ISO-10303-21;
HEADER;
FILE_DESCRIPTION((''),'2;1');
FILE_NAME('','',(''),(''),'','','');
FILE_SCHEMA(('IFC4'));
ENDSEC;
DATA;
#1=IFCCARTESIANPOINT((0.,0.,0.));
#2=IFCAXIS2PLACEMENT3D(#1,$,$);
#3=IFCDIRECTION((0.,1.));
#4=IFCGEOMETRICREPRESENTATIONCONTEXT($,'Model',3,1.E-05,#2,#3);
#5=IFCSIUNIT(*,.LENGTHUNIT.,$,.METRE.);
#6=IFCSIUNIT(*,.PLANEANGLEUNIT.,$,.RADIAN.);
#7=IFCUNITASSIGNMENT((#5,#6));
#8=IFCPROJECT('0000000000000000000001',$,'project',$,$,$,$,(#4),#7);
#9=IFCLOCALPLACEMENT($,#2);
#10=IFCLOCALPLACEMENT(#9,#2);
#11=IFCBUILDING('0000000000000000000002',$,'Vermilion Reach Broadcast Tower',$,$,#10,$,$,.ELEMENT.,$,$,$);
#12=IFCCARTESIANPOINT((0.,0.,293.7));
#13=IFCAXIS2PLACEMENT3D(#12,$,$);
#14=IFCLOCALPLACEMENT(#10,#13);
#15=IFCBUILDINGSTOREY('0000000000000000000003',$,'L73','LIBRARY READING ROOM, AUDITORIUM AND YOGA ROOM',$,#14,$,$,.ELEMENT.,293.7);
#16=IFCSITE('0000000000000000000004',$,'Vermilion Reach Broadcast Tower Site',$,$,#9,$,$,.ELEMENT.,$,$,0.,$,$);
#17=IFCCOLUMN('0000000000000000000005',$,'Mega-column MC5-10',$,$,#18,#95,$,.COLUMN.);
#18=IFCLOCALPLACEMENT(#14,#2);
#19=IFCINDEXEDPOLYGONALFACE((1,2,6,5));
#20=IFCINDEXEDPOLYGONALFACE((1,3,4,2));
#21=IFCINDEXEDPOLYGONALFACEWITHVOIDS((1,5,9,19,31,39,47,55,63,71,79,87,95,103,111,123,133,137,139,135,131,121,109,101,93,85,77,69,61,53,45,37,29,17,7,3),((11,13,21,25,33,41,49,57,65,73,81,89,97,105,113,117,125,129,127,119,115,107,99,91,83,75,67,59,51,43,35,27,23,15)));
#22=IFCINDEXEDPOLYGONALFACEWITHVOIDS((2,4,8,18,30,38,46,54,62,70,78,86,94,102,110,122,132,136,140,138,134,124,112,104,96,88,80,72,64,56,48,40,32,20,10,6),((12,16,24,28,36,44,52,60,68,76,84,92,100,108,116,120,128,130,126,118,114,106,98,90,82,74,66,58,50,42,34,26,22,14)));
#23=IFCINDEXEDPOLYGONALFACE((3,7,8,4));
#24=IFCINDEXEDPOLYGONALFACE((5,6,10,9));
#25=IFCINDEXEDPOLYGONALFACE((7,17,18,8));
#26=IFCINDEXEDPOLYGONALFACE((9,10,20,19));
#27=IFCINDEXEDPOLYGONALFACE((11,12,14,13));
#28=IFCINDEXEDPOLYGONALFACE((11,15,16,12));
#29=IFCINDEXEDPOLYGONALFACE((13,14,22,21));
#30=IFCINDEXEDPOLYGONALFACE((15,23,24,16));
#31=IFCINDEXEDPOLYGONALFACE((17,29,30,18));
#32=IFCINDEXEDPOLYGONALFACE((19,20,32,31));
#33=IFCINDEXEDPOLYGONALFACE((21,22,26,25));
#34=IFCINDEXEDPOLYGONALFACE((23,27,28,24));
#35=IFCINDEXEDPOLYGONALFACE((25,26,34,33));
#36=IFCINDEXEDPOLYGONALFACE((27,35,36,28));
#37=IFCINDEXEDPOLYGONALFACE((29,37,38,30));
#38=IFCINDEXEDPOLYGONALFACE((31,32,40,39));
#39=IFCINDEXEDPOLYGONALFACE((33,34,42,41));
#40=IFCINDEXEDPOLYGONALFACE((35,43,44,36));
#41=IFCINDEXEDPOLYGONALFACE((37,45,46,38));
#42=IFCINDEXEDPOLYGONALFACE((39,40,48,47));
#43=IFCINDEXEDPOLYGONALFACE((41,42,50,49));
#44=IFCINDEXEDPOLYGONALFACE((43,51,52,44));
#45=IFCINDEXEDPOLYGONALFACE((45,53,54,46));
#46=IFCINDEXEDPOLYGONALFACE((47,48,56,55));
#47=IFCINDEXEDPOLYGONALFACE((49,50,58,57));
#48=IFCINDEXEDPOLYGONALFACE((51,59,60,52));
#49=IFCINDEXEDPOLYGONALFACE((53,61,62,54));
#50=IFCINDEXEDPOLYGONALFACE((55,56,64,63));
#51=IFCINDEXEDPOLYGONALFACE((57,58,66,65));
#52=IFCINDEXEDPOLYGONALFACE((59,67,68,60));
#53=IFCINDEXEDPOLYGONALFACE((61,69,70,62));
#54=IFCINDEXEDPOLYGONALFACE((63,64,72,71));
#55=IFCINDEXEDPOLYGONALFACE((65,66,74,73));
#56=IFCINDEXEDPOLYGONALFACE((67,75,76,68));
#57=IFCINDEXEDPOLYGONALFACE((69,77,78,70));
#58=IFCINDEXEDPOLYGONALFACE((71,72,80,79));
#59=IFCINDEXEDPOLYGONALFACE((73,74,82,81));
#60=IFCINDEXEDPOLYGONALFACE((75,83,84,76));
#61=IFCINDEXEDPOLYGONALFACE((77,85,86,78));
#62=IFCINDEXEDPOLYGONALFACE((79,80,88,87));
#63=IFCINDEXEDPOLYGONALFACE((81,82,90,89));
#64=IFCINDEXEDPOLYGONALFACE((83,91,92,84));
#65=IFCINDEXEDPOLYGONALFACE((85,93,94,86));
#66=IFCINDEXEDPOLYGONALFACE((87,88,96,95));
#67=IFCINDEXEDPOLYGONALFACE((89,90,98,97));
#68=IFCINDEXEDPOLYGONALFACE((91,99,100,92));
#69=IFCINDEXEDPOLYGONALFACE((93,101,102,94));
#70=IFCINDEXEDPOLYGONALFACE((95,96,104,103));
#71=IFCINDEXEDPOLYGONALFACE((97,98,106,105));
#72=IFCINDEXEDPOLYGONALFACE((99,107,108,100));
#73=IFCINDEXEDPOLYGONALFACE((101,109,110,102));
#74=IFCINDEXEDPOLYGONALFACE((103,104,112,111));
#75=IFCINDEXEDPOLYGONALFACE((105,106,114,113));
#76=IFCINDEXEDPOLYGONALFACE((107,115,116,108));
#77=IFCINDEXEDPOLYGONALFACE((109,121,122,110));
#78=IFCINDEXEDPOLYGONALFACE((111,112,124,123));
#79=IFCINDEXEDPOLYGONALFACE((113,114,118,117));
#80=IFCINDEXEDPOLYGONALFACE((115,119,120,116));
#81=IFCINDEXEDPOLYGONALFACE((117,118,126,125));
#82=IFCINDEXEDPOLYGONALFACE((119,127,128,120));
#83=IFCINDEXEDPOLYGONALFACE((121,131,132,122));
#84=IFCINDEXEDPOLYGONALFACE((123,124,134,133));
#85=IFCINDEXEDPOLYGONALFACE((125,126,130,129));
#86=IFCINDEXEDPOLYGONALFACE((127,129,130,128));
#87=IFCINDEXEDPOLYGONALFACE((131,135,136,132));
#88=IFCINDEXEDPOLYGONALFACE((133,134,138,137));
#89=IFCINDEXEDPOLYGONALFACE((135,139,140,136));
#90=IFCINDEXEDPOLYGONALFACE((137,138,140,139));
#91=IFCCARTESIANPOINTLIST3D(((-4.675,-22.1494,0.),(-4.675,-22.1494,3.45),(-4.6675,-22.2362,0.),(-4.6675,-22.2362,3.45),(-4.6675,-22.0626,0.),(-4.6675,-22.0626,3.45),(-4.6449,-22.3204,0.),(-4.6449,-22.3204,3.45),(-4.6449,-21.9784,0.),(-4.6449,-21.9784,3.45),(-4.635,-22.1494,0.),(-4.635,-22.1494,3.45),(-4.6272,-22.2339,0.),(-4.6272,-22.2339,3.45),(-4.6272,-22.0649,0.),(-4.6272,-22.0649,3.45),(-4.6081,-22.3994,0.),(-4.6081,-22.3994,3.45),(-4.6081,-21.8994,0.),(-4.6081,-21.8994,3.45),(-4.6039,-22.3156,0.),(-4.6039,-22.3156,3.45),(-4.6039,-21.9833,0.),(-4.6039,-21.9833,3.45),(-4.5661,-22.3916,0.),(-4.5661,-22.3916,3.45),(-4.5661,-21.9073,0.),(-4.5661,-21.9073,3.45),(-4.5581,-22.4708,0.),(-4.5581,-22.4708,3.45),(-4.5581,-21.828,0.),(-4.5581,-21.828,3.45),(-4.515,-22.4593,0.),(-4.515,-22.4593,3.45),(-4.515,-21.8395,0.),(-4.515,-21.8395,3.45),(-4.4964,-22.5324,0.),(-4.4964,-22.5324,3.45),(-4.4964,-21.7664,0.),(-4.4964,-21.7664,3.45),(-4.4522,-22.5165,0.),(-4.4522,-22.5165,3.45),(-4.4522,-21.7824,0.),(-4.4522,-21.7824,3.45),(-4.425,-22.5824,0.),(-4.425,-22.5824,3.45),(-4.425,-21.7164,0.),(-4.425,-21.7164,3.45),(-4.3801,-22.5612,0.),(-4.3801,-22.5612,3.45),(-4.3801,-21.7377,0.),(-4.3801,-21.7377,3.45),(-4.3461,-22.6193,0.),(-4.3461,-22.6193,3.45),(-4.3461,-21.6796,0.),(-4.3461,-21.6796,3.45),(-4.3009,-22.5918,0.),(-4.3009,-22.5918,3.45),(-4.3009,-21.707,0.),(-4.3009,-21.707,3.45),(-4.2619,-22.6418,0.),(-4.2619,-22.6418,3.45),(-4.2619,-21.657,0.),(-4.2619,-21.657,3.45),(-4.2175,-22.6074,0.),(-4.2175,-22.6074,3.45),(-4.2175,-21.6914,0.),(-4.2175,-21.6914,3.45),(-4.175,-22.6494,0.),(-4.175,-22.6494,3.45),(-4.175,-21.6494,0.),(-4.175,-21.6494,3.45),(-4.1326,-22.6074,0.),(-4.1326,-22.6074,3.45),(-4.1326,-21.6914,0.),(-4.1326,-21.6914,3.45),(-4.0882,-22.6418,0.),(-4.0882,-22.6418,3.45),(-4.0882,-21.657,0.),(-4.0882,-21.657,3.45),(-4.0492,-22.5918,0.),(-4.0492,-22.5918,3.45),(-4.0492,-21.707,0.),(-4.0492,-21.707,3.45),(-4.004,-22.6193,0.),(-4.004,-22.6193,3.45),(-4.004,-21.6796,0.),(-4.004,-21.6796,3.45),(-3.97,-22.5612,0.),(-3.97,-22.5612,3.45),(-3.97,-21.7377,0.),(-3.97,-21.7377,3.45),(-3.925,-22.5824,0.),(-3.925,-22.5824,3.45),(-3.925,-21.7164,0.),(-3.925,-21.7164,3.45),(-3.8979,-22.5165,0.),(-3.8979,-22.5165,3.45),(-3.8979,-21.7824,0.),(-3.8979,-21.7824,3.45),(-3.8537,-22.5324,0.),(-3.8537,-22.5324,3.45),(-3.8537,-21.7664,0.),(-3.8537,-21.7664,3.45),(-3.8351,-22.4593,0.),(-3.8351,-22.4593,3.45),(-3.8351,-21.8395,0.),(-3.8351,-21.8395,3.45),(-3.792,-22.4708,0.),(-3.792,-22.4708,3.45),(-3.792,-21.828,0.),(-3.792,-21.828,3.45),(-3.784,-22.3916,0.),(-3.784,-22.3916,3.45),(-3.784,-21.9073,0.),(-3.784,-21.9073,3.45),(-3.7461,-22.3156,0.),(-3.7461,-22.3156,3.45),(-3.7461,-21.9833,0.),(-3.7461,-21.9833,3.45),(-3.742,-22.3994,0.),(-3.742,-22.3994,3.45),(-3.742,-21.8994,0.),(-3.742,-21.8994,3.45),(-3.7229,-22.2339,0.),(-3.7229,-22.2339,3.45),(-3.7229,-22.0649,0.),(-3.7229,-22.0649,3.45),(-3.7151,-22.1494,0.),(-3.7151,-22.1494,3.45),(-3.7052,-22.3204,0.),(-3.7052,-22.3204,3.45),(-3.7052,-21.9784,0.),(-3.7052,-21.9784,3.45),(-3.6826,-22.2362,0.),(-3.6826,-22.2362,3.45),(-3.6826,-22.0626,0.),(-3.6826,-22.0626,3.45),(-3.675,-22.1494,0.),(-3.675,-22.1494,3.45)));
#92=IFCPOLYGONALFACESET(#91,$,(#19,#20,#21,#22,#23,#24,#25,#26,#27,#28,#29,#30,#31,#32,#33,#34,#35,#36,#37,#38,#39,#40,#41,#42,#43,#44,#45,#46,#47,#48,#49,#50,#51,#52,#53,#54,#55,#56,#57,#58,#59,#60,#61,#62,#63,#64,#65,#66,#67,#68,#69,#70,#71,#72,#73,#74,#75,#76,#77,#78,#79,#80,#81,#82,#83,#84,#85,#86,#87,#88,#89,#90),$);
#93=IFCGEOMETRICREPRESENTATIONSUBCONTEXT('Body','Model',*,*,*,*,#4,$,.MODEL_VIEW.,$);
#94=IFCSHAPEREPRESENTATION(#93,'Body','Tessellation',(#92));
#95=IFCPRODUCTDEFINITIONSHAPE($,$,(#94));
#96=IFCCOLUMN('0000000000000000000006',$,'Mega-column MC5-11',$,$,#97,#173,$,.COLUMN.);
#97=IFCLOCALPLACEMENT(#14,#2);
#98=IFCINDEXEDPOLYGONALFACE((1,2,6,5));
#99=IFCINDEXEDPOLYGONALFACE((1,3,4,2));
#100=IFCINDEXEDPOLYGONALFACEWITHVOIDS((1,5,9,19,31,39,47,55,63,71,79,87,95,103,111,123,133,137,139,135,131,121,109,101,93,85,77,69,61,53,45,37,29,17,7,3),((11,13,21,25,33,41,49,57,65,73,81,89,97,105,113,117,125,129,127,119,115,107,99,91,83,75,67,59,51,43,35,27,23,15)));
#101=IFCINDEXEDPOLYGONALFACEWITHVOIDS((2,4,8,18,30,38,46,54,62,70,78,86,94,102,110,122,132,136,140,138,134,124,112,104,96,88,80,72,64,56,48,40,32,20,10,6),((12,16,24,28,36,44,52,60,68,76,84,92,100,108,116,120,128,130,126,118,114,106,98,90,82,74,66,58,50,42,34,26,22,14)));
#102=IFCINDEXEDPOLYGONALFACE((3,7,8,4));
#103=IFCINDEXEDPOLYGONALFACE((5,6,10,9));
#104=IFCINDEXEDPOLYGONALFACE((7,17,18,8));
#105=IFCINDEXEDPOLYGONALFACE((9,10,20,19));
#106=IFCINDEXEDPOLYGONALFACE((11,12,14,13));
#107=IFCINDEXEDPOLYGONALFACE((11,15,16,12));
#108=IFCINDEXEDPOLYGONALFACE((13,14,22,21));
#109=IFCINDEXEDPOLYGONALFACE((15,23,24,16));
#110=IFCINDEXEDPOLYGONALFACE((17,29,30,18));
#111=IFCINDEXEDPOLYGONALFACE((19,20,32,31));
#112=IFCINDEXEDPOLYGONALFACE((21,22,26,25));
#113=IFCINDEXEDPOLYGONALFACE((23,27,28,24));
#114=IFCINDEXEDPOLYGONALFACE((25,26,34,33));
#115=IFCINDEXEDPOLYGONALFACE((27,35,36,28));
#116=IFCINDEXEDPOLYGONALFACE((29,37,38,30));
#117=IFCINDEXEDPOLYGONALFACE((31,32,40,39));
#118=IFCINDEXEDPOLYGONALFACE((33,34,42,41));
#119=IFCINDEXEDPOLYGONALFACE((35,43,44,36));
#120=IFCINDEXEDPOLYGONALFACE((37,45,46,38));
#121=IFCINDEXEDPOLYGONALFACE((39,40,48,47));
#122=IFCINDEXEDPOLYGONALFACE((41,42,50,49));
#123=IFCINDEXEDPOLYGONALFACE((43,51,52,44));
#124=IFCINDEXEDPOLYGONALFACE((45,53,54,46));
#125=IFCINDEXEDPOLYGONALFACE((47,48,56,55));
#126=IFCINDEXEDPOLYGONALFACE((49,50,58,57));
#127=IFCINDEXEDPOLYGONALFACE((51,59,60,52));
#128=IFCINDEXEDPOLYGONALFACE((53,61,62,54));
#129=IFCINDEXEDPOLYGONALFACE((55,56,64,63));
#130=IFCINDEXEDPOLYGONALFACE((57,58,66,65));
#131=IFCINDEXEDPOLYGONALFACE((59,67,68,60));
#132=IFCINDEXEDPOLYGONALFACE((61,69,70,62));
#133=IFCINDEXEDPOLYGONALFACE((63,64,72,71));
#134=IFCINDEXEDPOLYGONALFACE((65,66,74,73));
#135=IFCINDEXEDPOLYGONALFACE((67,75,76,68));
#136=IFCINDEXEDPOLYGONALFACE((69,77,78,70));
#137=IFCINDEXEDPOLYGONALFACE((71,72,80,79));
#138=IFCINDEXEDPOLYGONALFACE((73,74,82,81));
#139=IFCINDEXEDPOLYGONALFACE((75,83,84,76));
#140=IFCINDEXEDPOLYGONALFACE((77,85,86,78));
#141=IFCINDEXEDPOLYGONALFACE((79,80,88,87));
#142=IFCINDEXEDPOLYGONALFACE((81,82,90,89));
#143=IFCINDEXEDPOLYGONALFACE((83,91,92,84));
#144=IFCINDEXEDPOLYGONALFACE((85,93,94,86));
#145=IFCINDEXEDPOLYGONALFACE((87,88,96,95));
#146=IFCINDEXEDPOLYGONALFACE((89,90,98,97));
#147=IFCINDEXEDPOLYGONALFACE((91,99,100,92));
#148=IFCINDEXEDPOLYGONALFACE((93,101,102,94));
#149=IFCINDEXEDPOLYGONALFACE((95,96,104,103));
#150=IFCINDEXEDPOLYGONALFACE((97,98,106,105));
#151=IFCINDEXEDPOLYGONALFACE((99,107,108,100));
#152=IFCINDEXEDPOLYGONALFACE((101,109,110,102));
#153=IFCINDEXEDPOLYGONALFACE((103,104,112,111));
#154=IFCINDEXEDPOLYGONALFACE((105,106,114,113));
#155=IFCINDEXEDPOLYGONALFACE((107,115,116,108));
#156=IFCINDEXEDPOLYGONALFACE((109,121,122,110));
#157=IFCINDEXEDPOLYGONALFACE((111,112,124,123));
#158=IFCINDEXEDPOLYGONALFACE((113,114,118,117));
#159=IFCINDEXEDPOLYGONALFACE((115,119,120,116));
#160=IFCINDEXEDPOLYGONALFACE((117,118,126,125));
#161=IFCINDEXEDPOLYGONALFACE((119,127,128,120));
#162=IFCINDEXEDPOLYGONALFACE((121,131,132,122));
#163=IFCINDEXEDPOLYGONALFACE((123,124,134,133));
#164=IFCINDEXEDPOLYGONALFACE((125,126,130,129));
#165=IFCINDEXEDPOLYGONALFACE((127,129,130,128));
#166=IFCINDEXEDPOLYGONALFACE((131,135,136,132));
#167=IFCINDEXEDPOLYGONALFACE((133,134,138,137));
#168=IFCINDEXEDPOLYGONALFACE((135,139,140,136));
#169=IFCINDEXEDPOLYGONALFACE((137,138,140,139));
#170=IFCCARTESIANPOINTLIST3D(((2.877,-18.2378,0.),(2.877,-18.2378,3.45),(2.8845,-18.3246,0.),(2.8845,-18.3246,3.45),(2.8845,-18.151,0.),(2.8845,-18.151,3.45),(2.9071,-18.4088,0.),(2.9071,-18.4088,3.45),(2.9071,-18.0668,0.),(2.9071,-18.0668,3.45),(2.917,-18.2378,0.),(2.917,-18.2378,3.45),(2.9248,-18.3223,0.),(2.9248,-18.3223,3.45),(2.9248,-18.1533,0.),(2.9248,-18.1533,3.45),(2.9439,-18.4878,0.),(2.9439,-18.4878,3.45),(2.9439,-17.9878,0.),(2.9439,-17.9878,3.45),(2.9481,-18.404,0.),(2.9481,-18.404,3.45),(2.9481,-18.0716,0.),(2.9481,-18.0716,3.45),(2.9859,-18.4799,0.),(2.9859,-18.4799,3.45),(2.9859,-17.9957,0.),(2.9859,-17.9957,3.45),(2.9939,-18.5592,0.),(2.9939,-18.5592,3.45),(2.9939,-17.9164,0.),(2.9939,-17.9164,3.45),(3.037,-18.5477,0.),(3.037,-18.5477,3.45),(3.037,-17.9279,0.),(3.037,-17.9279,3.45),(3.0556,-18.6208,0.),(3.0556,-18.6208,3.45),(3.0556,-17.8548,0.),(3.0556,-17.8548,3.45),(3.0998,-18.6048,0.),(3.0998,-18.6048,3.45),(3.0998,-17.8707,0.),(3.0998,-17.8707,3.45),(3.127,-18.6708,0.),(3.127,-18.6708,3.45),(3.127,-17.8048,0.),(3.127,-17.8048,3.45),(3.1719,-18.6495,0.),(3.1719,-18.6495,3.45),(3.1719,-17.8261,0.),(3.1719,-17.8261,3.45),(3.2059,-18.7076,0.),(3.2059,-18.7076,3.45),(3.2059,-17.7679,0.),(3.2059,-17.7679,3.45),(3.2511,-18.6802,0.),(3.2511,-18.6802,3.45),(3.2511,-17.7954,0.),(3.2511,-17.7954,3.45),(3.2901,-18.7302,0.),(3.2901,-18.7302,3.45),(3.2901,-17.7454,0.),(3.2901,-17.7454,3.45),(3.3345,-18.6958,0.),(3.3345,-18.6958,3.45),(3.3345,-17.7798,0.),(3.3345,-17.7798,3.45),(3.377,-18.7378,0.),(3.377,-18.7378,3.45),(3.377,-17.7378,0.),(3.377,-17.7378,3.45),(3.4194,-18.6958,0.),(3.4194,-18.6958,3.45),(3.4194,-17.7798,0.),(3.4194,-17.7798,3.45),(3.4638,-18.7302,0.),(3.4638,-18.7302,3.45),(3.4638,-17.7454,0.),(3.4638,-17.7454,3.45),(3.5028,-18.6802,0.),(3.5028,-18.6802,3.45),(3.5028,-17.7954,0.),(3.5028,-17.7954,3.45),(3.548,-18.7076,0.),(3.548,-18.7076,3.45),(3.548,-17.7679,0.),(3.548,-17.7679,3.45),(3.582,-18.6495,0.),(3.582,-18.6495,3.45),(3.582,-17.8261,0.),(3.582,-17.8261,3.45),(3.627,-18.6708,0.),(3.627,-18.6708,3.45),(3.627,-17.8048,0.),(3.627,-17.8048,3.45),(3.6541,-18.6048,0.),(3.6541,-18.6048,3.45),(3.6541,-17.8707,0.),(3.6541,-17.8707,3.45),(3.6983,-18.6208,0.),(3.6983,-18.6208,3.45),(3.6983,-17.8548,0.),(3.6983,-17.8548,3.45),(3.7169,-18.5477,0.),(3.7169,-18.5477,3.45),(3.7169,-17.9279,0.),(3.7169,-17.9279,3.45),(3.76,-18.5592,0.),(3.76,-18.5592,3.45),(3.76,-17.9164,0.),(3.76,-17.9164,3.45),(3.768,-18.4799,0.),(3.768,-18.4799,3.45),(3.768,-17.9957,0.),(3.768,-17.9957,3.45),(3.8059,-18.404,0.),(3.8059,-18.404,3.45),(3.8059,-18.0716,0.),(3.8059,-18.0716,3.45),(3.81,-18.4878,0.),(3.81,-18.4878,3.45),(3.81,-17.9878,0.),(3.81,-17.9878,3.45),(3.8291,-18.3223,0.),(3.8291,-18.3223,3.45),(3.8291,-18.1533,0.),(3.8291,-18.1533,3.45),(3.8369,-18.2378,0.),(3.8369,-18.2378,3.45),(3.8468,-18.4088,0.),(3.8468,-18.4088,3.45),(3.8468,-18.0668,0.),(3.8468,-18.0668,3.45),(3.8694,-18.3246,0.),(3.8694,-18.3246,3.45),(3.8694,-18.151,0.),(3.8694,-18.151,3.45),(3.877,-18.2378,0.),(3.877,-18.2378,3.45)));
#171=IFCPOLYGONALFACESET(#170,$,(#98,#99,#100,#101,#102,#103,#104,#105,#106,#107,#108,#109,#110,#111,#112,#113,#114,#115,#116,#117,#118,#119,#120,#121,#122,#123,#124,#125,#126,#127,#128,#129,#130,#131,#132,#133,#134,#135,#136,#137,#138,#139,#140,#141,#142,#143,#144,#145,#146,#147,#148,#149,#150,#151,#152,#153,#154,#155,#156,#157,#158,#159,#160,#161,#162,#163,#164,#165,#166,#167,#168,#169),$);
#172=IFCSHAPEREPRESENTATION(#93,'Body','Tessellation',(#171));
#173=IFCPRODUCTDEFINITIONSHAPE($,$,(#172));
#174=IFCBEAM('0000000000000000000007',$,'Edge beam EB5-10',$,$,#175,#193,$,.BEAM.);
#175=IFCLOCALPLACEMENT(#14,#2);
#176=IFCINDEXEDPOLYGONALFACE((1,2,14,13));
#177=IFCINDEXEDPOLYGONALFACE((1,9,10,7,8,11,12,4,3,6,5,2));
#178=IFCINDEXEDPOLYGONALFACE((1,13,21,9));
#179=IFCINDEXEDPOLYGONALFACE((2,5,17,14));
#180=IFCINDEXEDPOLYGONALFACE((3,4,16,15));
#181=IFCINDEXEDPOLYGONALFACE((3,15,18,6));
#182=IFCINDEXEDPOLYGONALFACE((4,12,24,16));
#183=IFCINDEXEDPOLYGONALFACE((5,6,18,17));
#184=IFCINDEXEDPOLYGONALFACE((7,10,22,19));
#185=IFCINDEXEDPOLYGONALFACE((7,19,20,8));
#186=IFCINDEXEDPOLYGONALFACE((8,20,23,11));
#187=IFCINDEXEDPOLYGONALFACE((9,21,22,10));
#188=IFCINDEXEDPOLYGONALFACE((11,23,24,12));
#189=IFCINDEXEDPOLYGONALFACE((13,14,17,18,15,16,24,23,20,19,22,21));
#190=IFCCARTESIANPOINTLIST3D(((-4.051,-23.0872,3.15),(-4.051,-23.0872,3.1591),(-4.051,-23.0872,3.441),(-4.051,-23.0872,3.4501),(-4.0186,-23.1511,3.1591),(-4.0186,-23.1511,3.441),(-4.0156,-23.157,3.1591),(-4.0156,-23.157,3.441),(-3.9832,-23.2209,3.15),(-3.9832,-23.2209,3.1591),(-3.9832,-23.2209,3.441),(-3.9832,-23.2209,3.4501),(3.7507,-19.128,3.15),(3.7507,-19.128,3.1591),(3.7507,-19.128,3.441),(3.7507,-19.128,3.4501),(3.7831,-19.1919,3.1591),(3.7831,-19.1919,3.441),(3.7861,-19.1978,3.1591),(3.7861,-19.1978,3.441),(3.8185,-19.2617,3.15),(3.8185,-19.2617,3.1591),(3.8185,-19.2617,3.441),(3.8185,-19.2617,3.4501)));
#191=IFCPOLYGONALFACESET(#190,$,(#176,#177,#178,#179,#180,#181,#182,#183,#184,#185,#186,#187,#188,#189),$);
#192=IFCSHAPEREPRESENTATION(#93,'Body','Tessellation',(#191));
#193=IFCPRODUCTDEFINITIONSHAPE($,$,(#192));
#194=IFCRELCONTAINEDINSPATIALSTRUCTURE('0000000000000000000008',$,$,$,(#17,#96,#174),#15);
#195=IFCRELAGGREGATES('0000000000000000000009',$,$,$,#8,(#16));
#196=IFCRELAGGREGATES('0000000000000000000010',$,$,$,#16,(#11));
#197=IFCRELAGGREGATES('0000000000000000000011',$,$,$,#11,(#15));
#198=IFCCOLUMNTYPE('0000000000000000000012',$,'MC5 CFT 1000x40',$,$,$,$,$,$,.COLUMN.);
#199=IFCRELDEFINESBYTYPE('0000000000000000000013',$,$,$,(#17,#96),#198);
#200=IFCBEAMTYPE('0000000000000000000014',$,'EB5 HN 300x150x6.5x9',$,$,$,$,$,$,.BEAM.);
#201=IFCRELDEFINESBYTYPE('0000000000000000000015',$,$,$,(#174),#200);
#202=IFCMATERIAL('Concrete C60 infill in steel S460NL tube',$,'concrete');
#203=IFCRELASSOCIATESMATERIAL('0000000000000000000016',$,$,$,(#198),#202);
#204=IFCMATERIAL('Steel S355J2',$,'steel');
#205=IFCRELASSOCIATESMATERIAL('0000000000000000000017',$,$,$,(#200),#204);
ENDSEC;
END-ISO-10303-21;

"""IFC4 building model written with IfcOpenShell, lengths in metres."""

from ifc_helpers import new_model, si_unit, direction, frame, origin, origin_2d, place, context, subcontext, project, spatial, hollow_circle, i_section, extrude, material, material_profile, profile_set, type_object, element, save


model = new_model("IFC4")

# Units and contexts
model_context = context("Model", 3, precision=1e-05, world=origin(), true_north=direction((0.0, 1.0)))
body_context = subcontext(model_context, "Body", "Model", "MODEL_VIEW")
ifc_project = project(units=[si_unit("LENGTHUNIT", "METRE"), si_unit("PLANEANGLEUNIT", "RADIAN")], contexts=[model_context])

# Site, building, storey
site_placement = place(None, origin())
site = spatial("IfcSite", under=ifc_project, at=site_placement, Name="Vermilion Reach Broadcast Tower Site", CompositionType="ELEMENT", RefElevation=0.0)
building_placement = place(site_placement, origin())
building = spatial("IfcBuilding", under=site, at=building_placement, Name="Vermilion Reach Broadcast Tower", CompositionType="ELEMENT")
storey_placement = place(building_placement, frame((0.0, 0.0, 293.7)))
storey = spatial("IfcBuildingStorey", under=building, at=storey_placement, Name="L73", Description="LIBRARY READING ROOM, AUDITORIUM AND YOGA ROOM", CompositionType="ELEMENT", Elevation=293.7)

# Columns
ifc_material_1 = material(Name="Concrete C60 infill in steel S460NL tube", Category="concrete")
ifc_material_profile_1 = material_profile(ifc_material_1, hollow_circle(Radius=0.5, WallThickness=0.04, at=origin_2d()), Name="Concrete C60 infill in steel S460NL tube CFT 1000x40")
ifc_profile_set_1 = profile_set([ifc_material_profile_1], Name="Concrete C60 infill in steel S460NL tube")
column_type = type_object("IfcColumnType", Name="MC5 CFT 1000x40", PredefinedType="COLUMN", material=ifc_profile_set_1)
for number, where, z_axis, x_axis, name in (
    (1, (-4.175, -22.1494, 0.0), (0.0, 0.0, 1.0), (1.0, 0.0, 0.0), "Mega-column MC5-10"),
    (2, (3.377, -18.2378, 0.0), (0.0, 0.0, 1.0), (1.0, 0.0, 0.0), "Mega-column MC5-11"),
):
    element("IfcColumn", number, at=place(storey_placement, frame(where, z_axis=z_axis, x_axis=x_axis)), inside=storey, type_object=column_type, Name=name, PredefinedType="COLUMN", context=body_context, shape_type="SweptSolid", body=[
        extrude(hollow_circle(Radius=0.5, WallThickness=0.04, at=origin_2d()), origin(), (0.0, 0.0, 1.0), 3.45),
    ])

# Beam
ifc_material_2 = material(Name="Steel S355J2", Category="steel")
ifc_material_profile_2 = material_profile(ifc_material_2, i_section(OverallWidth=0.1499, OverallDepth=0.3, WebThickness=0.0066, FlangeThickness=0.009, at=origin_2d()), Name="S355J2 HN 300x150x6.5x9")
ifc_profile_set_2 = profile_set([ifc_material_profile_2], Name="Steel S355J2")
beam_type_1 = type_object("IfcBeamType", Name="EB5 HN 300x150x6.5x9", PredefinedType="BEAM", material=ifc_profile_set_2)
beam_1_placement = place(storey_placement, frame((-4.0171, -23.1541, 3.3), z_axis=(0.891744, 0.452541, 0.0), x_axis=(-0.452541, 0.891744, 0.0)))
element("IfcBeam", 3, at=beam_1_placement, inside=storey, type_object=beam_type_1, Name="Edge beam EB5-10", PredefinedType="BEAM", context=body_context, shape_type="SweptSolid", body=[
    extrude(i_section(OverallWidth=0.1499, OverallDepth=0.3, WebThickness=0.0066, FlangeThickness=0.009, at=origin_2d()), origin(), (0.0, 0.0, 1.0), 8.7488),
])

save(model, "model.ifc")
